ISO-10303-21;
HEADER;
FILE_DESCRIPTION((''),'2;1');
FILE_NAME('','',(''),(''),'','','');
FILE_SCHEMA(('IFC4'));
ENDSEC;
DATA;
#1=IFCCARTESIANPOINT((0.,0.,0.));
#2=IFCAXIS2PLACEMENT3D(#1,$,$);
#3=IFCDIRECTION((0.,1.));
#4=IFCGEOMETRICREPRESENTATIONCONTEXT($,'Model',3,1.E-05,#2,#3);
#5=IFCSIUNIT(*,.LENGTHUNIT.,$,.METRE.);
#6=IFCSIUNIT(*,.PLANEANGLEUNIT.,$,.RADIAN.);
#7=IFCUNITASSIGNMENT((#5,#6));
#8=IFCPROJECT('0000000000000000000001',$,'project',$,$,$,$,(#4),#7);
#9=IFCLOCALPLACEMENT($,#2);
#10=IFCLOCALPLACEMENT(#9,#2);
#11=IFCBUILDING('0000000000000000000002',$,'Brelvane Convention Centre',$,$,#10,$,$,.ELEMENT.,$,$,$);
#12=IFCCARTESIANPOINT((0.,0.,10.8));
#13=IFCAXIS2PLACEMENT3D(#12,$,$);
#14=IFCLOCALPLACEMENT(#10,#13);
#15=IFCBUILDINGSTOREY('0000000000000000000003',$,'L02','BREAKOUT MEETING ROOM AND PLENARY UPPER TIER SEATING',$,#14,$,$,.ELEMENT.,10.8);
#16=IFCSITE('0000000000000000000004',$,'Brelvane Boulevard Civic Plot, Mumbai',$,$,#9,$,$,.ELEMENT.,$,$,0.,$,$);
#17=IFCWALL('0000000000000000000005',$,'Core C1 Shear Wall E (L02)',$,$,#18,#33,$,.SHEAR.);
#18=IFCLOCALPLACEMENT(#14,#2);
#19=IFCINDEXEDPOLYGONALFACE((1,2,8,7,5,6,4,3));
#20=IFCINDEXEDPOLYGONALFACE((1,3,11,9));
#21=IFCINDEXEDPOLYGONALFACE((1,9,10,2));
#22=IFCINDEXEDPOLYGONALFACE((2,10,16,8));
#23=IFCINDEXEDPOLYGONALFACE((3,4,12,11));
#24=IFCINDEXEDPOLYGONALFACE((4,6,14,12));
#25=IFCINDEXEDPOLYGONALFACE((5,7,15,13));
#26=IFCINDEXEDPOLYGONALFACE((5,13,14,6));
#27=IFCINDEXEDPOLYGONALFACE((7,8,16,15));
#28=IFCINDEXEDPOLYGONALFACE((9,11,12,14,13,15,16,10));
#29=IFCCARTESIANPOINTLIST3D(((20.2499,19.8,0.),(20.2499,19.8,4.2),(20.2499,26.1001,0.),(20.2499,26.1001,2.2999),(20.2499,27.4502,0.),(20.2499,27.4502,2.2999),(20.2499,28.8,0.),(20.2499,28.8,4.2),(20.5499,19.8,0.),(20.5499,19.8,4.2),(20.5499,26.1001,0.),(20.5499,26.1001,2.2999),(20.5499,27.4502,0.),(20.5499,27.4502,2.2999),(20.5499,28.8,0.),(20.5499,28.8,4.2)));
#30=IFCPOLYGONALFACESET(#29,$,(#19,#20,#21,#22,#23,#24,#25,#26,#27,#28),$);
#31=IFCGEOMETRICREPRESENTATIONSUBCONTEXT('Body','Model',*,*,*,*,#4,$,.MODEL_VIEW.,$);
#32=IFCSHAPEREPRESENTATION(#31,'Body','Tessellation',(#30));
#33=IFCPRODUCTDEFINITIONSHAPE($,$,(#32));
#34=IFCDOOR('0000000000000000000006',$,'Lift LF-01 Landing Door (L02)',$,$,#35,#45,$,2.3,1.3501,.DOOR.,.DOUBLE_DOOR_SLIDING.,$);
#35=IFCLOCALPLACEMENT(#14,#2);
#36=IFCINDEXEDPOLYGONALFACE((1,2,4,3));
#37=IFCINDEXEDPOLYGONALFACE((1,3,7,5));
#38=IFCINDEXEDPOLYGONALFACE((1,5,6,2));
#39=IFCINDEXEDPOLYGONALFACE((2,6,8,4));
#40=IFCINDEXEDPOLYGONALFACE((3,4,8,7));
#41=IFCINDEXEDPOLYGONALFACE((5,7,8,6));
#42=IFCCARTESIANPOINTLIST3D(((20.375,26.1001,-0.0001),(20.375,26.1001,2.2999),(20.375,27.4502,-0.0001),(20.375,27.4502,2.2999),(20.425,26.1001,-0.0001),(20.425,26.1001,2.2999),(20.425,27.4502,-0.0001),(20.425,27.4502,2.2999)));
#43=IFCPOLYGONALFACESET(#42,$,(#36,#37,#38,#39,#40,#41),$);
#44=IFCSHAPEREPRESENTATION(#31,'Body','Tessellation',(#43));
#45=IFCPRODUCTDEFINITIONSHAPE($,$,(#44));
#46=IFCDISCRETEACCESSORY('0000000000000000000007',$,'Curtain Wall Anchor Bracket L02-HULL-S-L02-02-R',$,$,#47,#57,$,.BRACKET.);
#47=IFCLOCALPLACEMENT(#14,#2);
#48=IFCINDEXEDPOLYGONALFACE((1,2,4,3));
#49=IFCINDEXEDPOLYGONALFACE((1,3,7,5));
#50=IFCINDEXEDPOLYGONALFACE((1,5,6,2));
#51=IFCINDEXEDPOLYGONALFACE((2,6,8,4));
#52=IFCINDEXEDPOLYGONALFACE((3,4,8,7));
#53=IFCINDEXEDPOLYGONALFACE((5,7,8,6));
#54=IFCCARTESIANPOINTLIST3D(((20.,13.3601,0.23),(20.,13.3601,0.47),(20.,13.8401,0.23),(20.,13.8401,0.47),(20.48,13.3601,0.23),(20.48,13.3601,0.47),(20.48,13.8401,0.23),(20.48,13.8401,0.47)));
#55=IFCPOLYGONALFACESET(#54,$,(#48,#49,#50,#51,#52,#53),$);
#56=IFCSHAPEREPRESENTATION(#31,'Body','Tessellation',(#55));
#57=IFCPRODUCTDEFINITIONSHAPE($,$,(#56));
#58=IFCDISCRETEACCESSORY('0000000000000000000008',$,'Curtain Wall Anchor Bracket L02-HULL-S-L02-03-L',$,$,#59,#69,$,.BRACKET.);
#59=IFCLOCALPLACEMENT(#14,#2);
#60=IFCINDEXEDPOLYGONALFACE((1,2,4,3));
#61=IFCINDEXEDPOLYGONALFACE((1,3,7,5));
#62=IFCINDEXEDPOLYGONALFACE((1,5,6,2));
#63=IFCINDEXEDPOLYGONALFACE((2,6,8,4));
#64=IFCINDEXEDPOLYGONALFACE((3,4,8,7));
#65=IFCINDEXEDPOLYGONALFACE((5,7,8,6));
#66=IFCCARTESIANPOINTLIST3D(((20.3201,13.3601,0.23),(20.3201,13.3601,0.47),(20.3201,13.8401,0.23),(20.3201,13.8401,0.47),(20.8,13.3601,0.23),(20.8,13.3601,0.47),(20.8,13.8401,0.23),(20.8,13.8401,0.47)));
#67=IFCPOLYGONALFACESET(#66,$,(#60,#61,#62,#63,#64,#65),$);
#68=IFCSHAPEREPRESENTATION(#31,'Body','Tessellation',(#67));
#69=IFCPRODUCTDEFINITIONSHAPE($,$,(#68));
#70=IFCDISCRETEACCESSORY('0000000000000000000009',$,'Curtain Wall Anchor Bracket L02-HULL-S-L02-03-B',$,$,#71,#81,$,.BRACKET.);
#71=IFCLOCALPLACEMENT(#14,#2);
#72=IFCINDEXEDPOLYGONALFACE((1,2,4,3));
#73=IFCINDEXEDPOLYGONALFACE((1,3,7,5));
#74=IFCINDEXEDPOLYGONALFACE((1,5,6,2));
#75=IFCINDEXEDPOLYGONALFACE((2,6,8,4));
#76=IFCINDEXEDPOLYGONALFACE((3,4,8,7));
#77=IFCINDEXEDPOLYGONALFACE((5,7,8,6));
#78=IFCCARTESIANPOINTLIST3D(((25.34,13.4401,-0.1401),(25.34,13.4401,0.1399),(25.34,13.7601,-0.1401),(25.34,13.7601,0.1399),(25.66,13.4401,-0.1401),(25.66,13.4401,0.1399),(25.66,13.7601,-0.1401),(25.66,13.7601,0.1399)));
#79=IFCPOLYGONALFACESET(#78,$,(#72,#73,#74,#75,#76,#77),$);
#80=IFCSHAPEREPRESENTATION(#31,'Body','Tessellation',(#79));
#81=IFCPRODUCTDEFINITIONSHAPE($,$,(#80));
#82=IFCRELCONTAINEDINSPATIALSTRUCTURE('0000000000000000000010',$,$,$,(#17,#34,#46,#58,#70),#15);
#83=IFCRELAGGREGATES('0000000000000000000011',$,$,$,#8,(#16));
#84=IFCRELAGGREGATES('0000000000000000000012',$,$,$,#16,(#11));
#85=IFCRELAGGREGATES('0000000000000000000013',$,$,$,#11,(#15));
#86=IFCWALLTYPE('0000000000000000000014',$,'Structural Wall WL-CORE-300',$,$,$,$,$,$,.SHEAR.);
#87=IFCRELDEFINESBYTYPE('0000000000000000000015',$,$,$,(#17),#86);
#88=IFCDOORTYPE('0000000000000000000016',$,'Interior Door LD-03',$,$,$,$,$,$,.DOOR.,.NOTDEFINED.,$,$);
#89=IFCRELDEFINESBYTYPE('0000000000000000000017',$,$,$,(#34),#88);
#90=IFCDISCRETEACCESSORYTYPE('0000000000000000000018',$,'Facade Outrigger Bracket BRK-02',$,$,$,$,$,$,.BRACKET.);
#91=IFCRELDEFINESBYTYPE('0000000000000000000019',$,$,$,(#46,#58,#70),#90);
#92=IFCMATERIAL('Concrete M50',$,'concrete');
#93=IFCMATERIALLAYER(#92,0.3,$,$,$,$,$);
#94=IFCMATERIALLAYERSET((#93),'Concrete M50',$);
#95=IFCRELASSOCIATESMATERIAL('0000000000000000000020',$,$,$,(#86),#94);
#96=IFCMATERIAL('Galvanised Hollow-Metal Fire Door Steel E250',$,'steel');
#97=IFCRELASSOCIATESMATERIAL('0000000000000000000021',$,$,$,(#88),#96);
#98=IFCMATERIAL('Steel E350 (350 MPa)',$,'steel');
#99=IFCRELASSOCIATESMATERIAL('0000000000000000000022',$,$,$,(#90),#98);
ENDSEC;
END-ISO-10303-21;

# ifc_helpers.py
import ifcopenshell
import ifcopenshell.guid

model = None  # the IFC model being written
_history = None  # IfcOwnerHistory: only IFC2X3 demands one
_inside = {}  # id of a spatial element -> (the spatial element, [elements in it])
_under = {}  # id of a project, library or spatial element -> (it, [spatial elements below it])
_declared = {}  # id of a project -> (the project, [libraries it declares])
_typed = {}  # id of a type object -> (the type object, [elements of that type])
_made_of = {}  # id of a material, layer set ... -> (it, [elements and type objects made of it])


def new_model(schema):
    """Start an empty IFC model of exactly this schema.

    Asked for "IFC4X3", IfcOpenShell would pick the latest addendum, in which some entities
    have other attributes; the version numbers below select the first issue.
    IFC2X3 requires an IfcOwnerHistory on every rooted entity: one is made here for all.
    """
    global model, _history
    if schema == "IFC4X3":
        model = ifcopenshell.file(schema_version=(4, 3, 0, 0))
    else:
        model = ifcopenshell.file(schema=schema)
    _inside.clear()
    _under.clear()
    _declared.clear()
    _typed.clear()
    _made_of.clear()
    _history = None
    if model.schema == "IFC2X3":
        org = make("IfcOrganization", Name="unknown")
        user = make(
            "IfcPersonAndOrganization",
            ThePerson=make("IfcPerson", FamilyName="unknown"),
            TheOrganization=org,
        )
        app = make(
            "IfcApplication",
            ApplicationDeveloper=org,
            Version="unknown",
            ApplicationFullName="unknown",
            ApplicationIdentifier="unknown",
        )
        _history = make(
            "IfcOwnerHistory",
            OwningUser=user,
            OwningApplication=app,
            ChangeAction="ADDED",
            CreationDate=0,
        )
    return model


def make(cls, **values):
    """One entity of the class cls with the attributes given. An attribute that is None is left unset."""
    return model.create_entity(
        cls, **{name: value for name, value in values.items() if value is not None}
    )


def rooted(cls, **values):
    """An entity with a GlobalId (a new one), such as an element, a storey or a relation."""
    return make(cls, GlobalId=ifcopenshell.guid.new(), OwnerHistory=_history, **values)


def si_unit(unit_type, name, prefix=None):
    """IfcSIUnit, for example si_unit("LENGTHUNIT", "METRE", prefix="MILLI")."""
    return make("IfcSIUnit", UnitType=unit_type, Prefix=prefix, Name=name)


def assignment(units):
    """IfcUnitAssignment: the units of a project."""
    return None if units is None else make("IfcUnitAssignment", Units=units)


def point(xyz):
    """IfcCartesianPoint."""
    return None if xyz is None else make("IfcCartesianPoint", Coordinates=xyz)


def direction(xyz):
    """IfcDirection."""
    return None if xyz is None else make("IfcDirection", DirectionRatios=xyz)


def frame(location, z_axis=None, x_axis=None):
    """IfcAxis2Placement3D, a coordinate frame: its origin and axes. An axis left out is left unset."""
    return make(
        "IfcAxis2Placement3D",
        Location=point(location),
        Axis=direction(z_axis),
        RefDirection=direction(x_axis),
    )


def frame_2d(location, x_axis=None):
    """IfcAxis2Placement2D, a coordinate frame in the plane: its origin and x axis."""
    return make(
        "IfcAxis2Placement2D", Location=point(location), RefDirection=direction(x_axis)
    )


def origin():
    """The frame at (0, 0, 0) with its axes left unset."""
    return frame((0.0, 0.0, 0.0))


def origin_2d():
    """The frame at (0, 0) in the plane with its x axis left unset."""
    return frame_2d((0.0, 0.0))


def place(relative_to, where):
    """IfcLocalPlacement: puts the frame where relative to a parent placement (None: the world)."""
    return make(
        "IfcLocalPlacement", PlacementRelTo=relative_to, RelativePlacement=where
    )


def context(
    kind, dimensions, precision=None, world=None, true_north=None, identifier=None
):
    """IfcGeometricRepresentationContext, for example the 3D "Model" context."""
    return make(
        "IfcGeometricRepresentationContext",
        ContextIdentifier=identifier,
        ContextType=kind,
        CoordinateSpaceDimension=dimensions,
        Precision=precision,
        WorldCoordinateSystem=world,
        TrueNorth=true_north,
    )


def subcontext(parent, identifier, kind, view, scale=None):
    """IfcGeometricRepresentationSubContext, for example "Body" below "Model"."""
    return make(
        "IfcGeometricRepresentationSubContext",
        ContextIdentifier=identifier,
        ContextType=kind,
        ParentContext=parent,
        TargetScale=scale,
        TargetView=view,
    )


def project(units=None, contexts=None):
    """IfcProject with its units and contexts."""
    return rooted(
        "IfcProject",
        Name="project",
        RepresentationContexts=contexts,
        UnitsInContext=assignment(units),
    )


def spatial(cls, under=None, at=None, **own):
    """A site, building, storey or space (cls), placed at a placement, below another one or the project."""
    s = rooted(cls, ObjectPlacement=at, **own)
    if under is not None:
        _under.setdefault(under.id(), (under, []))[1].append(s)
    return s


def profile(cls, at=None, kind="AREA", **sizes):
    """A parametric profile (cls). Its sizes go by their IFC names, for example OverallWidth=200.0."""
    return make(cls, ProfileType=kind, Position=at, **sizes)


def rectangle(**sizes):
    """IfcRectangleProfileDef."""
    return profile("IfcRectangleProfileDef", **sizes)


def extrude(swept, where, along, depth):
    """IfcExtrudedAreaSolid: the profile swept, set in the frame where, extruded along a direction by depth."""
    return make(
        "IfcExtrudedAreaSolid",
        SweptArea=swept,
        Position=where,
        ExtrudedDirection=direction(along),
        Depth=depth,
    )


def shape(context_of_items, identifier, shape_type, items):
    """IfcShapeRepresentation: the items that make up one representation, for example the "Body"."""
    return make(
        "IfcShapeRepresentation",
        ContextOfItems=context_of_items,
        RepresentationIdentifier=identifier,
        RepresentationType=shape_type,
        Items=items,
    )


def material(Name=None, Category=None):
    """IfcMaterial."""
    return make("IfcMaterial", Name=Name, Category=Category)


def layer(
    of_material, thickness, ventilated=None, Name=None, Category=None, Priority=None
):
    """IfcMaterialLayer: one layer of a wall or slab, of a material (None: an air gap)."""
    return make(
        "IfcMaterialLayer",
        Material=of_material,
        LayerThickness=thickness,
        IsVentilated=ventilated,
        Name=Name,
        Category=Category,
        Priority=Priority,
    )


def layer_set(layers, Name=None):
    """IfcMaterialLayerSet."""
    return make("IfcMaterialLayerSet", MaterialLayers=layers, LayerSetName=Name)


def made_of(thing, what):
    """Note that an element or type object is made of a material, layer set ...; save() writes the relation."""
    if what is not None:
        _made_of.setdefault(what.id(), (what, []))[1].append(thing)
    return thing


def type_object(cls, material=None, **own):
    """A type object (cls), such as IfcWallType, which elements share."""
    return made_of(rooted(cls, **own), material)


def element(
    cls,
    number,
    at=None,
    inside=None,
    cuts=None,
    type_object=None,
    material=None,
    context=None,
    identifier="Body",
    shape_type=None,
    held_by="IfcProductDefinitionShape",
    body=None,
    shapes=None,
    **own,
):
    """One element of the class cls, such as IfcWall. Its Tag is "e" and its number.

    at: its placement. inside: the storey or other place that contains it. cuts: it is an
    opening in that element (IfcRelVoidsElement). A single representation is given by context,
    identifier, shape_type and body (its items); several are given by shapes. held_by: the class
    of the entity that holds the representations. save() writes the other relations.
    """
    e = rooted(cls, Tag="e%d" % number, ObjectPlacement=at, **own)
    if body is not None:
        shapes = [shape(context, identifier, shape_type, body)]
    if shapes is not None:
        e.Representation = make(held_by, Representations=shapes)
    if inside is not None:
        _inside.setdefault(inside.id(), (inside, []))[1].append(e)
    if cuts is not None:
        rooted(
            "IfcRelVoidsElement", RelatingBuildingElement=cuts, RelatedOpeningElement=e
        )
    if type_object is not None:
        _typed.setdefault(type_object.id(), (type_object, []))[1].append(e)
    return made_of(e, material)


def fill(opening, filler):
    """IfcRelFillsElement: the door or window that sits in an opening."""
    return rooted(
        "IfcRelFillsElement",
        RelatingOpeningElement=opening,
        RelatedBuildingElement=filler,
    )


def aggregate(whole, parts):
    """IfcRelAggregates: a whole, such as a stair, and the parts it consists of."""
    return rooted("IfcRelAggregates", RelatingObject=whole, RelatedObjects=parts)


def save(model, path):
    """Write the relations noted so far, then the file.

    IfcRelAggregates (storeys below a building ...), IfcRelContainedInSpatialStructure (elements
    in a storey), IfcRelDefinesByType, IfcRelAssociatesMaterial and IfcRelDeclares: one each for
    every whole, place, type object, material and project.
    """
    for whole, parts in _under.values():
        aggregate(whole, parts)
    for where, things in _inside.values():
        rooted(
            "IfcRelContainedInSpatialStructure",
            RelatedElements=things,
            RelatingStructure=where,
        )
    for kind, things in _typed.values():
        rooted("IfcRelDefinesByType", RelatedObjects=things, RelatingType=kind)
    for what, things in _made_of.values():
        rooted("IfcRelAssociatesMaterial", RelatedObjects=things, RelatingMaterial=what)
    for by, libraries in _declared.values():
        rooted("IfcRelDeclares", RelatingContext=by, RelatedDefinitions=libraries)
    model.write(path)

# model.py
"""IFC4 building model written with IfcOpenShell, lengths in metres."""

from ifc_helpers import new_model, si_unit, direction, frame, frame_2d, origin, origin_2d, place, context, subcontext, project, spatial, rectangle, extrude, material, layer, layer_set, type_object, element, fill, save


model = new_model("IFC4")

# Units and contexts
model_context = context("Model", 3, precision=1e-05, world=origin(), true_north=direction((0.0, 1.0)))
body_context = subcontext(model_context, "Body", "Model", "MODEL_VIEW")
ifc_project = project(units=[si_unit("LENGTHUNIT", "METRE"), si_unit("PLANEANGLEUNIT", "RADIAN")], contexts=[model_context])

# Site, building, storey
site_placement = place(None, origin())
site = spatial("IfcSite", under=ifc_project, at=site_placement, Name="Brelvane Boulevard Civic Plot, Mumbai", CompositionType="ELEMENT", RefElevation=0.0)
building_placement = place(site_placement, origin())
building = spatial("IfcBuilding", under=site, at=building_placement, Name="Brelvane Convention Centre", CompositionType="ELEMENT")
storey_placement = place(building_placement, frame((0.0, 0.0, 10.8)))
storey = spatial("IfcBuildingStorey", under=building, at=storey_placement, Name="L02", Description="BREAKOUT MEETING ROOM AND PLENARY UPPER TIER SEATING", CompositionType="ELEMENT", Elevation=10.8)

# Wall, opening, door
ifc_material_1 = material(Name="Concrete M50", Category="concrete")
ifc_layer_1 = layer(ifc_material_1, 0.3)
ifc_layer_set_1 = layer_set([ifc_layer_1], Name="Concrete M50")
wall_type_1 = type_object("IfcWallType", Name="Structural Wall WL-CORE-300", PredefinedType="SHEAR", material=ifc_layer_set_1)
wall_1_placement = place(storey_placement, frame((20.3999, 19.8, 0.0), z_axis=(0.0, 0.0, 1.0), x_axis=(0.0, 1.0, 0.0)))
wall_1 = element("IfcWall", 1, at=wall_1_placement, inside=storey, type_object=wall_type_1, Name="Core C1 Shear Wall E (L02)", PredefinedType="SHEAR", context=body_context, shape_type="SweptSolid", body=[
    extrude(rectangle(XDim=9.0, YDim=0.3, at=frame_2d((4.5, 0.0))), origin(), (0.0, 0.0, 1.0), 4.2),
])
opening_1_placement = place(wall_1_placement, frame((6.3, 0.0, 0.0)))
opening_1 = element("IfcOpeningElement", 2, at=opening_1_placement, cuts=wall_1, PredefinedType="OPENING", context=body_context, shape_type="SweptSolid", body=[
    extrude(rectangle(XDim=1.3501, YDim=2.3, at=frame_2d((0.675, 1.1499))), frame((0.0, 0.1599, 0.0), z_axis=(0.0, -1.0, 0.0), x_axis=(1.0, 0.0, 0.0)), (0.0, 0.0, 1.0), 0.3201),
])
ifc_material_2 = material(Name="Galvanised Hollow-Metal Fire Door Steel E250", Category="steel")
door_type_1 = type_object("IfcDoorType", Name="Interior Door LD-03", OperationType="NOTDEFINED", PredefinedType="DOOR", material=ifc_material_2)
door_1_placement = place(opening_1_placement, origin())
door_1 = element("IfcDoor", 3, at=door_1_placement, inside=storey, type_object=door_type_1, Name="Lift LF-01 Landing Door (L02)", OperationType="DOUBLE_DOOR_SLIDING", OverallHeight=2.3, OverallWidth=1.3501, PredefinedType="DOOR", context=body_context, shape_type="SweptSolid", body=[
    extrude(rectangle(XDim=1.3501, YDim=2.3, at=frame_2d((0.675, 1.1499))), frame((0.0, 0.0249, 0.0), z_axis=(0.0, -1.0, 0.0), x_axis=(1.0, 0.0, 0.0)), (0.0, 0.0, 1.0), 0.05),
])
fill(opening_1, door_1)

# Discrete accessories
ifc_material_3 = material(Name="Steel E350 (350 MPa)", Category="steel")
discrete_accessory_type = type_object("IfcDiscreteAccessoryType", Name="Facade Outrigger Bracket BRK-02", PredefinedType="BRACKET", material=ifc_material_3)
for number, where, z_axis, x_axis, name in (
    (4, (20.24, 13.6001, 0.23), (0.0, 0.0, 1.0), (1.0, 0.0, 0.0), "Curtain Wall Anchor Bracket L02-HULL-S-L02-02-R"),
    (5, (20.5601, 13.6001, 0.23), (0.0, 0.0, 1.0), (1.0, 0.0, 0.0), "Curtain Wall Anchor Bracket L02-HULL-S-L02-03-L"),
):
    element("IfcDiscreteAccessory", number, at=place(storey_placement, frame(where, z_axis=z_axis, x_axis=x_axis)), inside=storey, type_object=discrete_accessory_type, Name=name, PredefinedType="BRACKET", context=body_context, shape_type="SweptSolid", body=[
        extrude(rectangle(XDim=0.48, YDim=0.48, at=origin_2d()), origin(), (0.0, 0.0, 1.0), 0.24),
    ])
discrete_accessory_placement = place(storey_placement, frame((25.5, 13.6001, -0.1401), z_axis=(0.0, 0.0, 1.0), x_axis=(1.0, 0.0, 0.0)))
element("IfcDiscreteAccessory", 6, at=discrete_accessory_placement, inside=storey, type_object=discrete_accessory_type, Name="Curtain Wall Anchor Bracket L02-HULL-S-L02-03-B", PredefinedType="BRACKET", context=body_context, shape_type="SweptSolid", body=[
    extrude(rectangle(XDim=0.3201, YDim=0.3201, at=origin_2d()), origin(), (0.0, 0.0, 1.0), 0.28),
])

save(model, "model.ifc")
